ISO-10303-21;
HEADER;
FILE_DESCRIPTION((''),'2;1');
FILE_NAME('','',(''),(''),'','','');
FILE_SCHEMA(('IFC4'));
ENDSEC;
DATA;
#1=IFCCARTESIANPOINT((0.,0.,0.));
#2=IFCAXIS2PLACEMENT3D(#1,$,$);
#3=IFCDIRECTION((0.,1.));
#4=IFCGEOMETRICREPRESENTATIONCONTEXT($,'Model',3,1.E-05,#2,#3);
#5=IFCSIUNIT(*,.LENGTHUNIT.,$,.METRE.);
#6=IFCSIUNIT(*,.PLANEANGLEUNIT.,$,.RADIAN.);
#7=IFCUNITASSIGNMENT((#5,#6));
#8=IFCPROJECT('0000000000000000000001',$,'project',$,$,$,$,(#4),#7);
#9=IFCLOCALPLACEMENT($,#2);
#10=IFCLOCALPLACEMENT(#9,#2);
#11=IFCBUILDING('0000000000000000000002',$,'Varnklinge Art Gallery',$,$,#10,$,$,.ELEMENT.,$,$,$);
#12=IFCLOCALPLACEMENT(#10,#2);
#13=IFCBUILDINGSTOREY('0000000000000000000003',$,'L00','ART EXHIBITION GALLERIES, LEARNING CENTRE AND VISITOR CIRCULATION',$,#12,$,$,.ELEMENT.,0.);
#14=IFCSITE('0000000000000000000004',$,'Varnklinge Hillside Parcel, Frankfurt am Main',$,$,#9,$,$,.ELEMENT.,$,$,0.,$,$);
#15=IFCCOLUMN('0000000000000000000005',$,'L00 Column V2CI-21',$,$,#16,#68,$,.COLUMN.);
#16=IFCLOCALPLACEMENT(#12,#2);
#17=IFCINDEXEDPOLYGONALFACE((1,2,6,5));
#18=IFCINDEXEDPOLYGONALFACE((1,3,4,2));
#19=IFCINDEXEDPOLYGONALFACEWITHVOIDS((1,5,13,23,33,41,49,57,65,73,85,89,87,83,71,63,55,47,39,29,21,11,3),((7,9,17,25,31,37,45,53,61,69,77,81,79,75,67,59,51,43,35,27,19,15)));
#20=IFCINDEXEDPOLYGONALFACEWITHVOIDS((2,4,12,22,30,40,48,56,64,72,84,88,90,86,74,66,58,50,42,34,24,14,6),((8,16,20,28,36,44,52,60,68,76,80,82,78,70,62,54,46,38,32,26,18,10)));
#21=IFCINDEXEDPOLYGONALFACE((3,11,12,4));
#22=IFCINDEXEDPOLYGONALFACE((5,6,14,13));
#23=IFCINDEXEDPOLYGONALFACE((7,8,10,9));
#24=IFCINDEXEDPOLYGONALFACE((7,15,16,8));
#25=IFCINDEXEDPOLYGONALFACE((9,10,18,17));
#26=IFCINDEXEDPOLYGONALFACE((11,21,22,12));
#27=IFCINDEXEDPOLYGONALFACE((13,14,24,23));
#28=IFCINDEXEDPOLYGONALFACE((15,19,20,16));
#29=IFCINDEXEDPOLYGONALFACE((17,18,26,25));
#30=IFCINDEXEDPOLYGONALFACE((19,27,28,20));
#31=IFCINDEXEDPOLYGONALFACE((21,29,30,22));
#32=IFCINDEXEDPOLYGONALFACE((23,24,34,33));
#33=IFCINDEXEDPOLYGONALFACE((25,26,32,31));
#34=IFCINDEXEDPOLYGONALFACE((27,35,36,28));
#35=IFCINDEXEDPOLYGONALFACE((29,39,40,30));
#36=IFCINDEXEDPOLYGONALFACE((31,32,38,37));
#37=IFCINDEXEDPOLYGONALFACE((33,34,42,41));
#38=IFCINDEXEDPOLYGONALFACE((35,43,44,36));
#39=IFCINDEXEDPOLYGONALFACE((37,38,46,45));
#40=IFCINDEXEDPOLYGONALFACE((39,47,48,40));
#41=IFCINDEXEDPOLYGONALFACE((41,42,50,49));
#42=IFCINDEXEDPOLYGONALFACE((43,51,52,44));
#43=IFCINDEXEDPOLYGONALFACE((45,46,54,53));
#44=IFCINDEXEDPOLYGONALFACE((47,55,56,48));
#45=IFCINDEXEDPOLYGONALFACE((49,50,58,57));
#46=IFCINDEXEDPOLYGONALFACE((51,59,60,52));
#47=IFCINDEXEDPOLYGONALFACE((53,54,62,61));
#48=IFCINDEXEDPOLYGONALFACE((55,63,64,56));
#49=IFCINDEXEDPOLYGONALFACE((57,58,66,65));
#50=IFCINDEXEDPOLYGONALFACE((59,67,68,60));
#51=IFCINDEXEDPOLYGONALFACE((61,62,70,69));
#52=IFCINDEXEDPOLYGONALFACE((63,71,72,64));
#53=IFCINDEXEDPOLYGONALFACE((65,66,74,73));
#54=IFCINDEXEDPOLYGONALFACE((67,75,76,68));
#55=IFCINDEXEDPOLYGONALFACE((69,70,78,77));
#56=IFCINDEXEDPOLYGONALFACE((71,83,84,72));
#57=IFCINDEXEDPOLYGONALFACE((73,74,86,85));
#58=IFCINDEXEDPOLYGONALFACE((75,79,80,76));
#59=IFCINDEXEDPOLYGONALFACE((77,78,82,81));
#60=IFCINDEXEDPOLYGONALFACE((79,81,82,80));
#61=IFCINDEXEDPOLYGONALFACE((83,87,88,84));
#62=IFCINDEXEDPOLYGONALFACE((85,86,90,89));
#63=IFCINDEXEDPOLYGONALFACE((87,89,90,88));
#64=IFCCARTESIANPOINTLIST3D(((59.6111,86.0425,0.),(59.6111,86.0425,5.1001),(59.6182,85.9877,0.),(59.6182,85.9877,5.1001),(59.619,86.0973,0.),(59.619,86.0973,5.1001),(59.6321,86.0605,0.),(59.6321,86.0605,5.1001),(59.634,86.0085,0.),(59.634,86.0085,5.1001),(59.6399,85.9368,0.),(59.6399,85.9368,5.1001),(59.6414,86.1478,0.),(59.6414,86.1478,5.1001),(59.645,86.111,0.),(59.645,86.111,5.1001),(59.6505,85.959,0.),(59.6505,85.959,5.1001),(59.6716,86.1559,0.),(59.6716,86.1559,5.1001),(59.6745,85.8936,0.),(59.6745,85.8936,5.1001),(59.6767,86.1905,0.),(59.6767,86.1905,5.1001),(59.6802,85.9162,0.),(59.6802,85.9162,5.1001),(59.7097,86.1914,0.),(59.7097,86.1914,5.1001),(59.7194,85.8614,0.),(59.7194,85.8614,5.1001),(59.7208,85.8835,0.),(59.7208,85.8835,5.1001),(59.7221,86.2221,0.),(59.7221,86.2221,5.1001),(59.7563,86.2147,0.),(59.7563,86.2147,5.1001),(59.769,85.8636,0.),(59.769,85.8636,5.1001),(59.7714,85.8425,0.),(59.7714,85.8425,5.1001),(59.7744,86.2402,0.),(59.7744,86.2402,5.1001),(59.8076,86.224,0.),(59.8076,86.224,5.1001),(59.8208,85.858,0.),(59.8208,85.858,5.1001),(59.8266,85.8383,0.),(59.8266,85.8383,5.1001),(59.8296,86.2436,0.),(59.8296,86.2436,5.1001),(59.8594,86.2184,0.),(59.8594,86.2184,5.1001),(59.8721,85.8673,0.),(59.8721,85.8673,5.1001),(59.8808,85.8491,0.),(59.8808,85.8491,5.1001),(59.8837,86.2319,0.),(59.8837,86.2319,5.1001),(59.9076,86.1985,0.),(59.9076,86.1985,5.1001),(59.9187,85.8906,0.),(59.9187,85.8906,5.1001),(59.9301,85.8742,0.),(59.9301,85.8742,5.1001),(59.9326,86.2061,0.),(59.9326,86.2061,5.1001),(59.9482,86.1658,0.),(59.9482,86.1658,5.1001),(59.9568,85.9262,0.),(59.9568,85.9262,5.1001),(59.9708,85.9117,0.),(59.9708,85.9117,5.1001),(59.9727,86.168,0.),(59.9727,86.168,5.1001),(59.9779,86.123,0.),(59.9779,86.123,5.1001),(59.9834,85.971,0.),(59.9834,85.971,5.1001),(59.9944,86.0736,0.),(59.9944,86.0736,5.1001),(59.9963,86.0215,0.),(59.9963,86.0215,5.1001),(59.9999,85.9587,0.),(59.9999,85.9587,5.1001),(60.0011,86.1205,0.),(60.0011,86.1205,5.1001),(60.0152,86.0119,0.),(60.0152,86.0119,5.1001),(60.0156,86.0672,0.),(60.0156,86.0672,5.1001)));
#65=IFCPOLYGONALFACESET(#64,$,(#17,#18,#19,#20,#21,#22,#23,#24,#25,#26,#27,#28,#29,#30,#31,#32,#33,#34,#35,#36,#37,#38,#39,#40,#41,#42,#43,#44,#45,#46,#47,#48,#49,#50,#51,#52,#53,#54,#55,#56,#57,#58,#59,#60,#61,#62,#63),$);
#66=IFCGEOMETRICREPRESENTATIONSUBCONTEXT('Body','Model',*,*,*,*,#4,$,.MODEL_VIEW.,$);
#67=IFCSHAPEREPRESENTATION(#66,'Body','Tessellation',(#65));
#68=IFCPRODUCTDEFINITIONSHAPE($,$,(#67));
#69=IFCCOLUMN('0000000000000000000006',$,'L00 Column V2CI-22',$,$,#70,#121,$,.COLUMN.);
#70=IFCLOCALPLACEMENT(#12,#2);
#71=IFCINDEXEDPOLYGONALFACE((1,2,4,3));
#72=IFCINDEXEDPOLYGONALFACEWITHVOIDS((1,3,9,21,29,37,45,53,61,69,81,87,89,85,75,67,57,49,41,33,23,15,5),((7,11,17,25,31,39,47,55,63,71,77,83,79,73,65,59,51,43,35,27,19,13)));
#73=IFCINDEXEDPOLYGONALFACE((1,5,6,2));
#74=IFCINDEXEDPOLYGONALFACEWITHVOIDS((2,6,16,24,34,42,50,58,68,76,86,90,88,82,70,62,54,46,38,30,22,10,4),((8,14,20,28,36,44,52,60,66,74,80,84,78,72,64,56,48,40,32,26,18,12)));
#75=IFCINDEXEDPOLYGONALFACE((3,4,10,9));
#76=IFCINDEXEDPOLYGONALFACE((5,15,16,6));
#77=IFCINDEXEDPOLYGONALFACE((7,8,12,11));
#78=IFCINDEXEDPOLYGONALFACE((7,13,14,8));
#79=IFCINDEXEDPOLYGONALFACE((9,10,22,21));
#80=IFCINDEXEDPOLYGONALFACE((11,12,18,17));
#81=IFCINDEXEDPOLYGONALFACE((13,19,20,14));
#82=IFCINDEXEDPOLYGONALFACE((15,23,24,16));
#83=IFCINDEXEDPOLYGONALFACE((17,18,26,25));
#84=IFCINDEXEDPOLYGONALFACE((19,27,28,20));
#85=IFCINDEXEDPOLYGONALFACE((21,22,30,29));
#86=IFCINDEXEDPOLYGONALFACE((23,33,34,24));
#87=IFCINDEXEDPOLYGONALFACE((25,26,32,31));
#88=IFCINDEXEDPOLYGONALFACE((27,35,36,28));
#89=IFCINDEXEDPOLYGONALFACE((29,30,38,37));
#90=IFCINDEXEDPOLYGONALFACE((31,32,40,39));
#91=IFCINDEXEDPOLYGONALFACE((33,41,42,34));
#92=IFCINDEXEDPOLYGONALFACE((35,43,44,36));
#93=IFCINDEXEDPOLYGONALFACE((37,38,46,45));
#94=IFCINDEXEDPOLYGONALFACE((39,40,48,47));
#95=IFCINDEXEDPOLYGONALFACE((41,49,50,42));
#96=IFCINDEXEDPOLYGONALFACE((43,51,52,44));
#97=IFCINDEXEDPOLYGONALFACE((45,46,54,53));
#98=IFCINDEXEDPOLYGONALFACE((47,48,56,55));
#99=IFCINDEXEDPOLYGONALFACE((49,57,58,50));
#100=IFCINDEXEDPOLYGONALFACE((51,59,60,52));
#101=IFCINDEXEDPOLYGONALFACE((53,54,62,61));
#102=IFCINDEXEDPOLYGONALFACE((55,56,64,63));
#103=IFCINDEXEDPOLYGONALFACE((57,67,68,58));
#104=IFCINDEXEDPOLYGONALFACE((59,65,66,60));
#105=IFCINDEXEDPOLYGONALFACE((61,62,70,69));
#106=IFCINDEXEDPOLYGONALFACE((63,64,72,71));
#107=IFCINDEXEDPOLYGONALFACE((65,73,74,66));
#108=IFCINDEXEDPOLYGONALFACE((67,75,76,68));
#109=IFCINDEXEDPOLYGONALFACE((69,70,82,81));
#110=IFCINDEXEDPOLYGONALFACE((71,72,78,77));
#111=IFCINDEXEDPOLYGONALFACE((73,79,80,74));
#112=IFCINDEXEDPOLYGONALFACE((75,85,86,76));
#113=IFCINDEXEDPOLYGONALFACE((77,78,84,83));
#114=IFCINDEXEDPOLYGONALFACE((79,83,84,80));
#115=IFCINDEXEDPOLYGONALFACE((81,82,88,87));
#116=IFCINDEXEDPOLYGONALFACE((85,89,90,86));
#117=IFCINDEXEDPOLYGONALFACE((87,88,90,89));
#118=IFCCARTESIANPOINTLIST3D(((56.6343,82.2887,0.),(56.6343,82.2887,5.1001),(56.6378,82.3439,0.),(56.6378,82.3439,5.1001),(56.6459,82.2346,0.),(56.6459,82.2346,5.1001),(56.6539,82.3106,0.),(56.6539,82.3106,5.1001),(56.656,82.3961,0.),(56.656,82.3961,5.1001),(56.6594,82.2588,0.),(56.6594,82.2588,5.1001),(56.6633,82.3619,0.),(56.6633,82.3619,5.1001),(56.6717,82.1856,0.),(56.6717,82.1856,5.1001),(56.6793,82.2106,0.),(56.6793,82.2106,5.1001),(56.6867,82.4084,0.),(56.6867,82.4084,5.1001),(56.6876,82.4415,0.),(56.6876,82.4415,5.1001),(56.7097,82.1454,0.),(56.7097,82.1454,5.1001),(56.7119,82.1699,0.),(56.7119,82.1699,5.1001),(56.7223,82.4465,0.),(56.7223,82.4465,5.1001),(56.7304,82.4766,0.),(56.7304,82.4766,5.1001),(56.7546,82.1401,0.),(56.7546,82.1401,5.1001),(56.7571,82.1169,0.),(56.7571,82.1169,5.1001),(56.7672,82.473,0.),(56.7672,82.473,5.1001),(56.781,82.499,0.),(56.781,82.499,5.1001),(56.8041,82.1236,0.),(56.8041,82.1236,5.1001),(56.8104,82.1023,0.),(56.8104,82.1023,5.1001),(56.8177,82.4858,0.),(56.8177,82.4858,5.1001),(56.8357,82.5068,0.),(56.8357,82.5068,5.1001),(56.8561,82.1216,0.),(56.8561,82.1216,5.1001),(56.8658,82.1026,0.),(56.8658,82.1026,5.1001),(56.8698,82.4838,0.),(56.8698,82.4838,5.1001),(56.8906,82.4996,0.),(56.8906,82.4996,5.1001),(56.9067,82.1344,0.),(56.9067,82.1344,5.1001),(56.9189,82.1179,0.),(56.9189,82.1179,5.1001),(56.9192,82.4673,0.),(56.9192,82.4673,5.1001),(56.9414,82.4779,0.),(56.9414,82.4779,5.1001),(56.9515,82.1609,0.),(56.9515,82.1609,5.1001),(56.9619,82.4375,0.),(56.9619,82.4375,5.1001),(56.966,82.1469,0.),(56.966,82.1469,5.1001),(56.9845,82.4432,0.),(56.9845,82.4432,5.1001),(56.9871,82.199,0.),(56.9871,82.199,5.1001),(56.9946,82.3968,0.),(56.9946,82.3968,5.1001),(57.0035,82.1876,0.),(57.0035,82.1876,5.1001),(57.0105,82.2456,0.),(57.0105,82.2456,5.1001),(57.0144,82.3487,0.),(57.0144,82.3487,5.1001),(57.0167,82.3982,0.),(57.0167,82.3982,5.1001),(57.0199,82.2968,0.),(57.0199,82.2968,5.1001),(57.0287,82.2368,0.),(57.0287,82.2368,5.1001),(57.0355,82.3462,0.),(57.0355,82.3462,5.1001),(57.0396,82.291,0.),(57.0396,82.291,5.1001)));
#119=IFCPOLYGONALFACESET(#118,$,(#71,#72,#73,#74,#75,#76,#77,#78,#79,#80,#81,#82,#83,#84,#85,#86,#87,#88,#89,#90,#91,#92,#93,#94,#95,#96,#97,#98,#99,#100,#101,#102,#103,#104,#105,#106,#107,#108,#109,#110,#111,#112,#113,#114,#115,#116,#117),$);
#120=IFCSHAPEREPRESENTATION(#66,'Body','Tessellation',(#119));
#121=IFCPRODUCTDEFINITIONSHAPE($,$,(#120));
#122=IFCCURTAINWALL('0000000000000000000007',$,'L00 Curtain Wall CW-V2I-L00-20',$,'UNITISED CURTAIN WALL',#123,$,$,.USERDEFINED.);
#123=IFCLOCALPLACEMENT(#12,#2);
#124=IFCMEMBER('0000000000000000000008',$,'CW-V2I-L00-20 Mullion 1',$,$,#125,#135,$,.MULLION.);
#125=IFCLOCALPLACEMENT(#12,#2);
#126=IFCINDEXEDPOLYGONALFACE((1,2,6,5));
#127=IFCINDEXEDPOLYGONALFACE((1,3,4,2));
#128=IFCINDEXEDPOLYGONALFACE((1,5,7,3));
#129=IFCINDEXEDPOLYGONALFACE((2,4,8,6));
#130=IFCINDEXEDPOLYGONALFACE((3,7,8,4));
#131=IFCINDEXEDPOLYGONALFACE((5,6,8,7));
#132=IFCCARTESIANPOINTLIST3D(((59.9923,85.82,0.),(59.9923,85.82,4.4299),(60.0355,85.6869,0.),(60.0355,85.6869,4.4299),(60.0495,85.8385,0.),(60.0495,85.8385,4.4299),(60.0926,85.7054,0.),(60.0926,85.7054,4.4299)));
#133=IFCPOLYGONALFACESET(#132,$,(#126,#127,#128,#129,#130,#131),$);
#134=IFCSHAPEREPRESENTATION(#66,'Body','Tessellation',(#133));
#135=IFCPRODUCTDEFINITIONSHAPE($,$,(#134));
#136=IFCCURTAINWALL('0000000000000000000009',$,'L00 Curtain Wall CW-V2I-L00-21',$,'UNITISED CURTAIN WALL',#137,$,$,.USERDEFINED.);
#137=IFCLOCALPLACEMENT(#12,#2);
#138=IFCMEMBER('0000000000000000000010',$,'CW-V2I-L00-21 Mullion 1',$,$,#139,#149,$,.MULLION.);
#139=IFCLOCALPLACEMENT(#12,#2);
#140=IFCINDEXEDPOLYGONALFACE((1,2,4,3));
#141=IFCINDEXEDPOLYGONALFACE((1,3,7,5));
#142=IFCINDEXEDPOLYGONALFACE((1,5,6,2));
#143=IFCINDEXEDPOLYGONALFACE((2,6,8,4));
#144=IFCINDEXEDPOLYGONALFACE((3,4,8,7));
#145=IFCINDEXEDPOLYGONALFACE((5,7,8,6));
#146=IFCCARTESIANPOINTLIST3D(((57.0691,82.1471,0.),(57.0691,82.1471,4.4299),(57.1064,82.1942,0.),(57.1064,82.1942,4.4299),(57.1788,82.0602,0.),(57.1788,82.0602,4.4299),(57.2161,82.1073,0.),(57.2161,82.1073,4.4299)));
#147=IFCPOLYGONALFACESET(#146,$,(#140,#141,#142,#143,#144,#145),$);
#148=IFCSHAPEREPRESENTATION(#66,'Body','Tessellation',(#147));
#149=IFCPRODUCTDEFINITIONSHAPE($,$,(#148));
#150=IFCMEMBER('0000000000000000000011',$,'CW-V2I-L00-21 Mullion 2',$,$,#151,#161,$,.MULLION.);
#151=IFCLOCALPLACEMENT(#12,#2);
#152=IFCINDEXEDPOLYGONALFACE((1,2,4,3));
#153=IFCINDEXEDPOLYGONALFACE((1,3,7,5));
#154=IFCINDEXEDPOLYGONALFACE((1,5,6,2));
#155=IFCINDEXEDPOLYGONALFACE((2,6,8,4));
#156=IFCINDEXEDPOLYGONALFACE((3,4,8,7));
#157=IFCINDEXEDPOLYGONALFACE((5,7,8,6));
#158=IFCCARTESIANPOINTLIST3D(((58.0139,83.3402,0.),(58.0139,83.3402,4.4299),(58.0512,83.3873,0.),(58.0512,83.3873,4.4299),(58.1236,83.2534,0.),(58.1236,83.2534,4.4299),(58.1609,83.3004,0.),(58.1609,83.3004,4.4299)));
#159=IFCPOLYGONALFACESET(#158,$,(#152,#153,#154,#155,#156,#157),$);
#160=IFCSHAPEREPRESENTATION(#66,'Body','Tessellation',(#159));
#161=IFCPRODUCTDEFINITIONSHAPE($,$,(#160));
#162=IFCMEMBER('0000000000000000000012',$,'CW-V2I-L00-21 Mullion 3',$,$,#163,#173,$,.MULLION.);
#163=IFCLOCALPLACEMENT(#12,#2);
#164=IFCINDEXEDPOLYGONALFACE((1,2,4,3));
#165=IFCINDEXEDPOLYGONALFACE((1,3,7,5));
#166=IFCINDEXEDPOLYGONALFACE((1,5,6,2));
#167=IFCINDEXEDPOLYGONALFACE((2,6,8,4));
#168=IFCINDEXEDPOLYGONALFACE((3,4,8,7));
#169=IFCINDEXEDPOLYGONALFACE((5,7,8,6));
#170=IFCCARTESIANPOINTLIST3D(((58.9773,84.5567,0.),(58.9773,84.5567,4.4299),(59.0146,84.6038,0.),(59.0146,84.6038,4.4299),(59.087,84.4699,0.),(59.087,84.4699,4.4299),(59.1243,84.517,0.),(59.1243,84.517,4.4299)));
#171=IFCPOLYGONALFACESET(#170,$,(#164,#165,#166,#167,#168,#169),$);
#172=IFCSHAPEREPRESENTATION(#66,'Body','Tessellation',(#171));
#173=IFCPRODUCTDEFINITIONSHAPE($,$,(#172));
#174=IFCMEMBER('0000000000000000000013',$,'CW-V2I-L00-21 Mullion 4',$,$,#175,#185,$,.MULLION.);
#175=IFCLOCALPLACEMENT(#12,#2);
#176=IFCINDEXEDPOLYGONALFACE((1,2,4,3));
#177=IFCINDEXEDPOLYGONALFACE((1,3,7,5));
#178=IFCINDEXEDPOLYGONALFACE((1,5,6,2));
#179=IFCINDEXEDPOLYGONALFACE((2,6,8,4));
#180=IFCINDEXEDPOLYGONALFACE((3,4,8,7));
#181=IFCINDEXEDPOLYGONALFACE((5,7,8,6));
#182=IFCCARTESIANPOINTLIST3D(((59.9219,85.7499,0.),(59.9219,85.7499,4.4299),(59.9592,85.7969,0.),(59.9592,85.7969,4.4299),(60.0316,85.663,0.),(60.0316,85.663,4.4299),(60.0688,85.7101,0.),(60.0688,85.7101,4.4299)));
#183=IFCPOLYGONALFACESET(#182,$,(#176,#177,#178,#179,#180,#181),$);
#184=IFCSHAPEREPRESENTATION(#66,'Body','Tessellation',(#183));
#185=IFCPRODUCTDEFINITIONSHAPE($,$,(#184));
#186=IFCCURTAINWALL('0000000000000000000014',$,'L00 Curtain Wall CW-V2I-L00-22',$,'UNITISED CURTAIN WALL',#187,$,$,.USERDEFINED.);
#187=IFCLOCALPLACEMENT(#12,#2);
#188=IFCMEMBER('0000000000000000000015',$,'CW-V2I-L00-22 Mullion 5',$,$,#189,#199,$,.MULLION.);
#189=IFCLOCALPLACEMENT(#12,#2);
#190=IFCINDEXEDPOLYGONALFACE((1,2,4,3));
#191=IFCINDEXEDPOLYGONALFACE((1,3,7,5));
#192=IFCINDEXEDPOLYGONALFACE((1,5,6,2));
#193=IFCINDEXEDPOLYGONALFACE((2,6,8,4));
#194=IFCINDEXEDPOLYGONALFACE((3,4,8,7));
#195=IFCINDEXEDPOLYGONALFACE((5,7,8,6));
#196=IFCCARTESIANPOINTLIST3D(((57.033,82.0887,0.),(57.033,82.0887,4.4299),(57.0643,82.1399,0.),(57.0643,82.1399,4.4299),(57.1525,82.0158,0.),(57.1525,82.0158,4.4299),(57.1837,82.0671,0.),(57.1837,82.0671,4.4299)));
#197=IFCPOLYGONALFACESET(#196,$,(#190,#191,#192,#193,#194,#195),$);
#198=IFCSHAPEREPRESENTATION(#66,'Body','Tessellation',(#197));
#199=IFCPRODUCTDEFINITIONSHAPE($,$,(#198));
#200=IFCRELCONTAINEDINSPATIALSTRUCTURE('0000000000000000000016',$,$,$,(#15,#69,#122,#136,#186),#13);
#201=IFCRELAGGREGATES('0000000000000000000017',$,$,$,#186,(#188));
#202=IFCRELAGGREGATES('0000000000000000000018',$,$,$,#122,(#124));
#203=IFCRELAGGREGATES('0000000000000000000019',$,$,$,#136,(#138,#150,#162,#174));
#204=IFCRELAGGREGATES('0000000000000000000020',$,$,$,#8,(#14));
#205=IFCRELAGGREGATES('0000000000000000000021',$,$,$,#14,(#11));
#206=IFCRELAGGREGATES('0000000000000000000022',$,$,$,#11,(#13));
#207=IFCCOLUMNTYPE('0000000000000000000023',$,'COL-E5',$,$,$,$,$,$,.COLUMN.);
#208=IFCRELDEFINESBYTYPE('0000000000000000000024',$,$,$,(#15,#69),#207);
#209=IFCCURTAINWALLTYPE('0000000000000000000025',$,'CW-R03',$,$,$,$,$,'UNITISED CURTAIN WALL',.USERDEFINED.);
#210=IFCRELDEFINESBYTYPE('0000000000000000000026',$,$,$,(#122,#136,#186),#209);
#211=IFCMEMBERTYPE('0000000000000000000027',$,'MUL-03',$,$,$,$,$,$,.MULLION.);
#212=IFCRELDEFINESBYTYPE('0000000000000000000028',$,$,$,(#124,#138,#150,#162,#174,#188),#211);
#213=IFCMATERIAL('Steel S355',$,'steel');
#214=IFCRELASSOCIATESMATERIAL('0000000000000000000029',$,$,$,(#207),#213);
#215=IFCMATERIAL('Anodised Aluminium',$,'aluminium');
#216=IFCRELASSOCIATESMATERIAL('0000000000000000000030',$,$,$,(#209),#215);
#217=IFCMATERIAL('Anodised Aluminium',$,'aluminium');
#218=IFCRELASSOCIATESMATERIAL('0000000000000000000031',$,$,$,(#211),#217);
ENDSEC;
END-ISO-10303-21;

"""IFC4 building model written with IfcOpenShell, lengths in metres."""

from ifc_helpers import new_model, si_unit, direction, frame, origin, origin_2d, place, context, subcontext, project, spatial, rectangle, hollow_circle, extrude, material, material_profile, profile_set, type_object, element, aggregate, save


model = new_model("IFC4")

# Units and contexts
model_context = context("Model", 3, precision=1e-05, world=origin(), true_north=direction((0.0, 1.0)))
body_context = subcontext(model_context, "Body", "Model", "MODEL_VIEW")
ifc_project = project(units=[si_unit("LENGTHUNIT", "METRE"), si_unit("PLANEANGLEUNIT", "RADIAN")], contexts=[model_context])

# Site, building, storey
site_placement = place(None, origin())
site = spatial("IfcSite", under=ifc_project, at=site_placement, Name="Varnklinge Hillside Parcel, Frankfurt am Main", CompositionType="ELEMENT", RefElevation=0.0)
building_placement = place(site_placement, origin())
building = spatial("IfcBuilding", under=site, at=building_placement, Name="Varnklinge Art Gallery", CompositionType="ELEMENT")
storey_placement = place(building_placement, origin())
storey = spatial("IfcBuildingStorey", under=building, at=storey_placement, Name="L00", Description="ART EXHIBITION GALLERIES, LEARNING CENTRE AND VISITOR CIRCULATION", CompositionType="ELEMENT", Elevation=0.0)

# Columns
ifc_material_1 = material(Name="Steel S355", Category="steel")
ifc_material_profile_1 = material_profile(ifc_material_1, hollow_circle(Radius=0.2031, WallThickness=0.02, at=origin_2d()), Name="CHS 406.4x20")
ifc_profile_set_1 = profile_set([ifc_material_profile_1], Name="Steel S355")
column_type = type_object("IfcColumnType", Name="COL-E5", PredefinedType="COLUMN", material=ifc_profile_set_1)
for number, where, z_axis, x_axis, name in (
    (1, (59.8142, 86.041, 0.0), (0.0, 0.0, 1.0), (0.57057, -0.821249, 0.0), "L00 Column V2CI-21"),
    (2, (56.8369, 82.3037, 0.0), (0.0, 0.0, 1.0), (0.820352, -0.57186, 0.0), "L00 Column V2CI-22"),
):
    element("IfcColumn", number, at=place(storey_placement, frame(where, z_axis=z_axis, x_axis=x_axis)), inside=storey, type_object=column_type, Name=name, PredefinedType="COLUMN", context=body_context, shape_type="SweptSolid", body=[
        extrude(hollow_circle(Radius=0.2031, WallThickness=0.02, at=origin_2d()), origin(), (0.0, 0.0, 1.0), 5.1001),
    ])

# Curtain wall, member
ifc_material_2 = material(Name="Anodised Aluminium", Category="aluminium")
curtain_wall_type = type_object("IfcCurtainWallType", Name="CW-R03", ElementType="UNITISED CURTAIN WALL", PredefinedType="USERDEFINED", material=ifc_material_2)
curtain_wall_1_placement = place(storey_placement, origin())
curtain_wall_1 = element("IfcCurtainWall", 3, at=curtain_wall_1_placement, inside=storey, type_object=curtain_wall_type, Name="L00 Curtain Wall CW-V2I-L00-20", ObjectType="UNITISED CURTAIN WALL", PredefinedType="USERDEFINED")
ifc_material_3 = material(Name="Anodised Aluminium", Category="aluminium")
ifc_material_profile_2 = material_profile(ifc_material_3, rectangle(XDim=0.0601, YDim=0.1399, at=origin_2d()), Name="ALU 60x140")
ifc_profile_set_2 = profile_set([ifc_material_profile_2], Name="Anodised Aluminium")
member_type_1 = type_object("IfcMemberType", Name="MUL-03", PredefinedType="MULLION", material=ifc_profile_set_2)
member_1_placement = place(storey_placement, frame((60.0425, 85.7627, 0.0), z_axis=(0.0, 0.0, 1.0), x_axis=(0.951272, 0.308353, 0.0)))
member_1 = element("IfcMember", 4, at=member_1_placement, type_object=member_type_1, Name="CW-V2I-L00-20 Mullion 1", PredefinedType="MULLION", context=body_context, shape_type="SweptSolid", body=[
    extrude(rectangle(XDim=0.0601, YDim=0.1399, at=origin_2d()), origin(), (0.0, 0.0, 1.0), 4.4299),
])

# Curtain wall, members
curtain_wall_2_placement = place(storey_placement, origin())
curtain_wall_2 = element("IfcCurtainWall", 5, at=curtain_wall_2_placement, inside=storey, type_object=curtain_wall_type, Name="L00 Curtain Wall CW-V2I-L00-21", ObjectType="UNITISED CURTAIN WALL", PredefinedType="USERDEFINED")
member_2_placement = place(storey_placement, frame((57.1426, 82.1272, 0.0), z_axis=(0.0, 0.0, 1.0), x_axis=(0.620737, 0.784019, 0.0)))
member_2 = element("IfcMember", 6, at=member_2_placement, type_object=member_type_1, Name="CW-V2I-L00-21 Mullion 1", PredefinedType="MULLION", context=body_context, shape_type="SweptSolid", body=[
    extrude(rectangle(XDim=0.0601, YDim=0.1399, at=origin_2d()), origin(), (0.0, 0.0, 1.0), 4.4299),
])
member_3_placement = place(storey_placement, frame((58.0874, 83.3203, 0.0), z_axis=(0.0, 0.0, 1.0), x_axis=(0.620737, 0.784019, 0.0)))
member_3 = element("IfcMember", 7, at=member_3_placement, type_object=member_type_1, Name="CW-V2I-L00-21 Mullion 2", PredefinedType="MULLION", context=body_context, shape_type="SweptSolid", body=[
    extrude(rectangle(XDim=0.0601, YDim=0.1399, at=origin_2d()), origin(), (0.0, 0.0, 1.0), 4.4299),
])
member_4_placement = place(storey_placement, frame((59.0508, 84.5369, 0.0), z_axis=(0.0, 0.0, 1.0), x_axis=(0.620737, 0.784019, 0.0)))
member_4 = element("IfcMember", 8, at=member_4_placement, type_object=member_type_1, Name="CW-V2I-L00-21 Mullion 3", PredefinedType="MULLION", context=body_context, shape_type="SweptSolid", body=[
    extrude(rectangle(XDim=0.0601, YDim=0.1399, at=origin_2d()), origin(), (0.0, 0.0, 1.0), 4.4299),
])
member_5_placement = place(storey_placement, frame((59.9954, 85.73, 0.0), z_axis=(0.0, 0.0, 1.0), x_axis=(0.620737, 0.784019, 0.0)))
member_5 = element("IfcMember", 9, at=member_5_placement, type_object=member_type_1, Name="CW-V2I-L00-21 Mullion 4", PredefinedType="MULLION", context=body_context, shape_type="SweptSolid", body=[
    extrude(rectangle(XDim=0.0601, YDim=0.1399, at=origin_2d()), origin(), (0.0, 0.0, 1.0), 4.4299),
])

# Curtain wall, member
curtain_wall_3_placement = place(storey_placement, origin())
curtain_wall_3 = element("IfcCurtainWall", 10, at=curtain_wall_3_placement, inside=storey, type_object=curtain_wall_type, Name="L00 Curtain Wall CW-V2I-L00-22", ObjectType="UNITISED CURTAIN WALL", PredefinedType="USERDEFINED")
member_6_placement = place(storey_placement, frame((57.1084, 82.0779, 0.0), z_axis=(0.0, 0.0, 1.0), x_axis=(0.520861, 0.853642, 0.0)))
member_6 = element("IfcMember", 11, at=member_6_placement, type_object=member_type_1, Name="CW-V2I-L00-22 Mullion 5", PredefinedType="MULLION", context=body_context, shape_type="SweptSolid", body=[
    extrude(rectangle(XDim=0.0601, YDim=0.1399, at=origin_2d()), origin(), (0.0, 0.0, 1.0), 4.4299),
])
aggregate(curtain_wall_3, [member_6])

aggregate(curtain_wall_1, [member_1])

aggregate(curtain_wall_2, [member_2, member_3, member_4, member_5])

save(model, "model.ifc")
